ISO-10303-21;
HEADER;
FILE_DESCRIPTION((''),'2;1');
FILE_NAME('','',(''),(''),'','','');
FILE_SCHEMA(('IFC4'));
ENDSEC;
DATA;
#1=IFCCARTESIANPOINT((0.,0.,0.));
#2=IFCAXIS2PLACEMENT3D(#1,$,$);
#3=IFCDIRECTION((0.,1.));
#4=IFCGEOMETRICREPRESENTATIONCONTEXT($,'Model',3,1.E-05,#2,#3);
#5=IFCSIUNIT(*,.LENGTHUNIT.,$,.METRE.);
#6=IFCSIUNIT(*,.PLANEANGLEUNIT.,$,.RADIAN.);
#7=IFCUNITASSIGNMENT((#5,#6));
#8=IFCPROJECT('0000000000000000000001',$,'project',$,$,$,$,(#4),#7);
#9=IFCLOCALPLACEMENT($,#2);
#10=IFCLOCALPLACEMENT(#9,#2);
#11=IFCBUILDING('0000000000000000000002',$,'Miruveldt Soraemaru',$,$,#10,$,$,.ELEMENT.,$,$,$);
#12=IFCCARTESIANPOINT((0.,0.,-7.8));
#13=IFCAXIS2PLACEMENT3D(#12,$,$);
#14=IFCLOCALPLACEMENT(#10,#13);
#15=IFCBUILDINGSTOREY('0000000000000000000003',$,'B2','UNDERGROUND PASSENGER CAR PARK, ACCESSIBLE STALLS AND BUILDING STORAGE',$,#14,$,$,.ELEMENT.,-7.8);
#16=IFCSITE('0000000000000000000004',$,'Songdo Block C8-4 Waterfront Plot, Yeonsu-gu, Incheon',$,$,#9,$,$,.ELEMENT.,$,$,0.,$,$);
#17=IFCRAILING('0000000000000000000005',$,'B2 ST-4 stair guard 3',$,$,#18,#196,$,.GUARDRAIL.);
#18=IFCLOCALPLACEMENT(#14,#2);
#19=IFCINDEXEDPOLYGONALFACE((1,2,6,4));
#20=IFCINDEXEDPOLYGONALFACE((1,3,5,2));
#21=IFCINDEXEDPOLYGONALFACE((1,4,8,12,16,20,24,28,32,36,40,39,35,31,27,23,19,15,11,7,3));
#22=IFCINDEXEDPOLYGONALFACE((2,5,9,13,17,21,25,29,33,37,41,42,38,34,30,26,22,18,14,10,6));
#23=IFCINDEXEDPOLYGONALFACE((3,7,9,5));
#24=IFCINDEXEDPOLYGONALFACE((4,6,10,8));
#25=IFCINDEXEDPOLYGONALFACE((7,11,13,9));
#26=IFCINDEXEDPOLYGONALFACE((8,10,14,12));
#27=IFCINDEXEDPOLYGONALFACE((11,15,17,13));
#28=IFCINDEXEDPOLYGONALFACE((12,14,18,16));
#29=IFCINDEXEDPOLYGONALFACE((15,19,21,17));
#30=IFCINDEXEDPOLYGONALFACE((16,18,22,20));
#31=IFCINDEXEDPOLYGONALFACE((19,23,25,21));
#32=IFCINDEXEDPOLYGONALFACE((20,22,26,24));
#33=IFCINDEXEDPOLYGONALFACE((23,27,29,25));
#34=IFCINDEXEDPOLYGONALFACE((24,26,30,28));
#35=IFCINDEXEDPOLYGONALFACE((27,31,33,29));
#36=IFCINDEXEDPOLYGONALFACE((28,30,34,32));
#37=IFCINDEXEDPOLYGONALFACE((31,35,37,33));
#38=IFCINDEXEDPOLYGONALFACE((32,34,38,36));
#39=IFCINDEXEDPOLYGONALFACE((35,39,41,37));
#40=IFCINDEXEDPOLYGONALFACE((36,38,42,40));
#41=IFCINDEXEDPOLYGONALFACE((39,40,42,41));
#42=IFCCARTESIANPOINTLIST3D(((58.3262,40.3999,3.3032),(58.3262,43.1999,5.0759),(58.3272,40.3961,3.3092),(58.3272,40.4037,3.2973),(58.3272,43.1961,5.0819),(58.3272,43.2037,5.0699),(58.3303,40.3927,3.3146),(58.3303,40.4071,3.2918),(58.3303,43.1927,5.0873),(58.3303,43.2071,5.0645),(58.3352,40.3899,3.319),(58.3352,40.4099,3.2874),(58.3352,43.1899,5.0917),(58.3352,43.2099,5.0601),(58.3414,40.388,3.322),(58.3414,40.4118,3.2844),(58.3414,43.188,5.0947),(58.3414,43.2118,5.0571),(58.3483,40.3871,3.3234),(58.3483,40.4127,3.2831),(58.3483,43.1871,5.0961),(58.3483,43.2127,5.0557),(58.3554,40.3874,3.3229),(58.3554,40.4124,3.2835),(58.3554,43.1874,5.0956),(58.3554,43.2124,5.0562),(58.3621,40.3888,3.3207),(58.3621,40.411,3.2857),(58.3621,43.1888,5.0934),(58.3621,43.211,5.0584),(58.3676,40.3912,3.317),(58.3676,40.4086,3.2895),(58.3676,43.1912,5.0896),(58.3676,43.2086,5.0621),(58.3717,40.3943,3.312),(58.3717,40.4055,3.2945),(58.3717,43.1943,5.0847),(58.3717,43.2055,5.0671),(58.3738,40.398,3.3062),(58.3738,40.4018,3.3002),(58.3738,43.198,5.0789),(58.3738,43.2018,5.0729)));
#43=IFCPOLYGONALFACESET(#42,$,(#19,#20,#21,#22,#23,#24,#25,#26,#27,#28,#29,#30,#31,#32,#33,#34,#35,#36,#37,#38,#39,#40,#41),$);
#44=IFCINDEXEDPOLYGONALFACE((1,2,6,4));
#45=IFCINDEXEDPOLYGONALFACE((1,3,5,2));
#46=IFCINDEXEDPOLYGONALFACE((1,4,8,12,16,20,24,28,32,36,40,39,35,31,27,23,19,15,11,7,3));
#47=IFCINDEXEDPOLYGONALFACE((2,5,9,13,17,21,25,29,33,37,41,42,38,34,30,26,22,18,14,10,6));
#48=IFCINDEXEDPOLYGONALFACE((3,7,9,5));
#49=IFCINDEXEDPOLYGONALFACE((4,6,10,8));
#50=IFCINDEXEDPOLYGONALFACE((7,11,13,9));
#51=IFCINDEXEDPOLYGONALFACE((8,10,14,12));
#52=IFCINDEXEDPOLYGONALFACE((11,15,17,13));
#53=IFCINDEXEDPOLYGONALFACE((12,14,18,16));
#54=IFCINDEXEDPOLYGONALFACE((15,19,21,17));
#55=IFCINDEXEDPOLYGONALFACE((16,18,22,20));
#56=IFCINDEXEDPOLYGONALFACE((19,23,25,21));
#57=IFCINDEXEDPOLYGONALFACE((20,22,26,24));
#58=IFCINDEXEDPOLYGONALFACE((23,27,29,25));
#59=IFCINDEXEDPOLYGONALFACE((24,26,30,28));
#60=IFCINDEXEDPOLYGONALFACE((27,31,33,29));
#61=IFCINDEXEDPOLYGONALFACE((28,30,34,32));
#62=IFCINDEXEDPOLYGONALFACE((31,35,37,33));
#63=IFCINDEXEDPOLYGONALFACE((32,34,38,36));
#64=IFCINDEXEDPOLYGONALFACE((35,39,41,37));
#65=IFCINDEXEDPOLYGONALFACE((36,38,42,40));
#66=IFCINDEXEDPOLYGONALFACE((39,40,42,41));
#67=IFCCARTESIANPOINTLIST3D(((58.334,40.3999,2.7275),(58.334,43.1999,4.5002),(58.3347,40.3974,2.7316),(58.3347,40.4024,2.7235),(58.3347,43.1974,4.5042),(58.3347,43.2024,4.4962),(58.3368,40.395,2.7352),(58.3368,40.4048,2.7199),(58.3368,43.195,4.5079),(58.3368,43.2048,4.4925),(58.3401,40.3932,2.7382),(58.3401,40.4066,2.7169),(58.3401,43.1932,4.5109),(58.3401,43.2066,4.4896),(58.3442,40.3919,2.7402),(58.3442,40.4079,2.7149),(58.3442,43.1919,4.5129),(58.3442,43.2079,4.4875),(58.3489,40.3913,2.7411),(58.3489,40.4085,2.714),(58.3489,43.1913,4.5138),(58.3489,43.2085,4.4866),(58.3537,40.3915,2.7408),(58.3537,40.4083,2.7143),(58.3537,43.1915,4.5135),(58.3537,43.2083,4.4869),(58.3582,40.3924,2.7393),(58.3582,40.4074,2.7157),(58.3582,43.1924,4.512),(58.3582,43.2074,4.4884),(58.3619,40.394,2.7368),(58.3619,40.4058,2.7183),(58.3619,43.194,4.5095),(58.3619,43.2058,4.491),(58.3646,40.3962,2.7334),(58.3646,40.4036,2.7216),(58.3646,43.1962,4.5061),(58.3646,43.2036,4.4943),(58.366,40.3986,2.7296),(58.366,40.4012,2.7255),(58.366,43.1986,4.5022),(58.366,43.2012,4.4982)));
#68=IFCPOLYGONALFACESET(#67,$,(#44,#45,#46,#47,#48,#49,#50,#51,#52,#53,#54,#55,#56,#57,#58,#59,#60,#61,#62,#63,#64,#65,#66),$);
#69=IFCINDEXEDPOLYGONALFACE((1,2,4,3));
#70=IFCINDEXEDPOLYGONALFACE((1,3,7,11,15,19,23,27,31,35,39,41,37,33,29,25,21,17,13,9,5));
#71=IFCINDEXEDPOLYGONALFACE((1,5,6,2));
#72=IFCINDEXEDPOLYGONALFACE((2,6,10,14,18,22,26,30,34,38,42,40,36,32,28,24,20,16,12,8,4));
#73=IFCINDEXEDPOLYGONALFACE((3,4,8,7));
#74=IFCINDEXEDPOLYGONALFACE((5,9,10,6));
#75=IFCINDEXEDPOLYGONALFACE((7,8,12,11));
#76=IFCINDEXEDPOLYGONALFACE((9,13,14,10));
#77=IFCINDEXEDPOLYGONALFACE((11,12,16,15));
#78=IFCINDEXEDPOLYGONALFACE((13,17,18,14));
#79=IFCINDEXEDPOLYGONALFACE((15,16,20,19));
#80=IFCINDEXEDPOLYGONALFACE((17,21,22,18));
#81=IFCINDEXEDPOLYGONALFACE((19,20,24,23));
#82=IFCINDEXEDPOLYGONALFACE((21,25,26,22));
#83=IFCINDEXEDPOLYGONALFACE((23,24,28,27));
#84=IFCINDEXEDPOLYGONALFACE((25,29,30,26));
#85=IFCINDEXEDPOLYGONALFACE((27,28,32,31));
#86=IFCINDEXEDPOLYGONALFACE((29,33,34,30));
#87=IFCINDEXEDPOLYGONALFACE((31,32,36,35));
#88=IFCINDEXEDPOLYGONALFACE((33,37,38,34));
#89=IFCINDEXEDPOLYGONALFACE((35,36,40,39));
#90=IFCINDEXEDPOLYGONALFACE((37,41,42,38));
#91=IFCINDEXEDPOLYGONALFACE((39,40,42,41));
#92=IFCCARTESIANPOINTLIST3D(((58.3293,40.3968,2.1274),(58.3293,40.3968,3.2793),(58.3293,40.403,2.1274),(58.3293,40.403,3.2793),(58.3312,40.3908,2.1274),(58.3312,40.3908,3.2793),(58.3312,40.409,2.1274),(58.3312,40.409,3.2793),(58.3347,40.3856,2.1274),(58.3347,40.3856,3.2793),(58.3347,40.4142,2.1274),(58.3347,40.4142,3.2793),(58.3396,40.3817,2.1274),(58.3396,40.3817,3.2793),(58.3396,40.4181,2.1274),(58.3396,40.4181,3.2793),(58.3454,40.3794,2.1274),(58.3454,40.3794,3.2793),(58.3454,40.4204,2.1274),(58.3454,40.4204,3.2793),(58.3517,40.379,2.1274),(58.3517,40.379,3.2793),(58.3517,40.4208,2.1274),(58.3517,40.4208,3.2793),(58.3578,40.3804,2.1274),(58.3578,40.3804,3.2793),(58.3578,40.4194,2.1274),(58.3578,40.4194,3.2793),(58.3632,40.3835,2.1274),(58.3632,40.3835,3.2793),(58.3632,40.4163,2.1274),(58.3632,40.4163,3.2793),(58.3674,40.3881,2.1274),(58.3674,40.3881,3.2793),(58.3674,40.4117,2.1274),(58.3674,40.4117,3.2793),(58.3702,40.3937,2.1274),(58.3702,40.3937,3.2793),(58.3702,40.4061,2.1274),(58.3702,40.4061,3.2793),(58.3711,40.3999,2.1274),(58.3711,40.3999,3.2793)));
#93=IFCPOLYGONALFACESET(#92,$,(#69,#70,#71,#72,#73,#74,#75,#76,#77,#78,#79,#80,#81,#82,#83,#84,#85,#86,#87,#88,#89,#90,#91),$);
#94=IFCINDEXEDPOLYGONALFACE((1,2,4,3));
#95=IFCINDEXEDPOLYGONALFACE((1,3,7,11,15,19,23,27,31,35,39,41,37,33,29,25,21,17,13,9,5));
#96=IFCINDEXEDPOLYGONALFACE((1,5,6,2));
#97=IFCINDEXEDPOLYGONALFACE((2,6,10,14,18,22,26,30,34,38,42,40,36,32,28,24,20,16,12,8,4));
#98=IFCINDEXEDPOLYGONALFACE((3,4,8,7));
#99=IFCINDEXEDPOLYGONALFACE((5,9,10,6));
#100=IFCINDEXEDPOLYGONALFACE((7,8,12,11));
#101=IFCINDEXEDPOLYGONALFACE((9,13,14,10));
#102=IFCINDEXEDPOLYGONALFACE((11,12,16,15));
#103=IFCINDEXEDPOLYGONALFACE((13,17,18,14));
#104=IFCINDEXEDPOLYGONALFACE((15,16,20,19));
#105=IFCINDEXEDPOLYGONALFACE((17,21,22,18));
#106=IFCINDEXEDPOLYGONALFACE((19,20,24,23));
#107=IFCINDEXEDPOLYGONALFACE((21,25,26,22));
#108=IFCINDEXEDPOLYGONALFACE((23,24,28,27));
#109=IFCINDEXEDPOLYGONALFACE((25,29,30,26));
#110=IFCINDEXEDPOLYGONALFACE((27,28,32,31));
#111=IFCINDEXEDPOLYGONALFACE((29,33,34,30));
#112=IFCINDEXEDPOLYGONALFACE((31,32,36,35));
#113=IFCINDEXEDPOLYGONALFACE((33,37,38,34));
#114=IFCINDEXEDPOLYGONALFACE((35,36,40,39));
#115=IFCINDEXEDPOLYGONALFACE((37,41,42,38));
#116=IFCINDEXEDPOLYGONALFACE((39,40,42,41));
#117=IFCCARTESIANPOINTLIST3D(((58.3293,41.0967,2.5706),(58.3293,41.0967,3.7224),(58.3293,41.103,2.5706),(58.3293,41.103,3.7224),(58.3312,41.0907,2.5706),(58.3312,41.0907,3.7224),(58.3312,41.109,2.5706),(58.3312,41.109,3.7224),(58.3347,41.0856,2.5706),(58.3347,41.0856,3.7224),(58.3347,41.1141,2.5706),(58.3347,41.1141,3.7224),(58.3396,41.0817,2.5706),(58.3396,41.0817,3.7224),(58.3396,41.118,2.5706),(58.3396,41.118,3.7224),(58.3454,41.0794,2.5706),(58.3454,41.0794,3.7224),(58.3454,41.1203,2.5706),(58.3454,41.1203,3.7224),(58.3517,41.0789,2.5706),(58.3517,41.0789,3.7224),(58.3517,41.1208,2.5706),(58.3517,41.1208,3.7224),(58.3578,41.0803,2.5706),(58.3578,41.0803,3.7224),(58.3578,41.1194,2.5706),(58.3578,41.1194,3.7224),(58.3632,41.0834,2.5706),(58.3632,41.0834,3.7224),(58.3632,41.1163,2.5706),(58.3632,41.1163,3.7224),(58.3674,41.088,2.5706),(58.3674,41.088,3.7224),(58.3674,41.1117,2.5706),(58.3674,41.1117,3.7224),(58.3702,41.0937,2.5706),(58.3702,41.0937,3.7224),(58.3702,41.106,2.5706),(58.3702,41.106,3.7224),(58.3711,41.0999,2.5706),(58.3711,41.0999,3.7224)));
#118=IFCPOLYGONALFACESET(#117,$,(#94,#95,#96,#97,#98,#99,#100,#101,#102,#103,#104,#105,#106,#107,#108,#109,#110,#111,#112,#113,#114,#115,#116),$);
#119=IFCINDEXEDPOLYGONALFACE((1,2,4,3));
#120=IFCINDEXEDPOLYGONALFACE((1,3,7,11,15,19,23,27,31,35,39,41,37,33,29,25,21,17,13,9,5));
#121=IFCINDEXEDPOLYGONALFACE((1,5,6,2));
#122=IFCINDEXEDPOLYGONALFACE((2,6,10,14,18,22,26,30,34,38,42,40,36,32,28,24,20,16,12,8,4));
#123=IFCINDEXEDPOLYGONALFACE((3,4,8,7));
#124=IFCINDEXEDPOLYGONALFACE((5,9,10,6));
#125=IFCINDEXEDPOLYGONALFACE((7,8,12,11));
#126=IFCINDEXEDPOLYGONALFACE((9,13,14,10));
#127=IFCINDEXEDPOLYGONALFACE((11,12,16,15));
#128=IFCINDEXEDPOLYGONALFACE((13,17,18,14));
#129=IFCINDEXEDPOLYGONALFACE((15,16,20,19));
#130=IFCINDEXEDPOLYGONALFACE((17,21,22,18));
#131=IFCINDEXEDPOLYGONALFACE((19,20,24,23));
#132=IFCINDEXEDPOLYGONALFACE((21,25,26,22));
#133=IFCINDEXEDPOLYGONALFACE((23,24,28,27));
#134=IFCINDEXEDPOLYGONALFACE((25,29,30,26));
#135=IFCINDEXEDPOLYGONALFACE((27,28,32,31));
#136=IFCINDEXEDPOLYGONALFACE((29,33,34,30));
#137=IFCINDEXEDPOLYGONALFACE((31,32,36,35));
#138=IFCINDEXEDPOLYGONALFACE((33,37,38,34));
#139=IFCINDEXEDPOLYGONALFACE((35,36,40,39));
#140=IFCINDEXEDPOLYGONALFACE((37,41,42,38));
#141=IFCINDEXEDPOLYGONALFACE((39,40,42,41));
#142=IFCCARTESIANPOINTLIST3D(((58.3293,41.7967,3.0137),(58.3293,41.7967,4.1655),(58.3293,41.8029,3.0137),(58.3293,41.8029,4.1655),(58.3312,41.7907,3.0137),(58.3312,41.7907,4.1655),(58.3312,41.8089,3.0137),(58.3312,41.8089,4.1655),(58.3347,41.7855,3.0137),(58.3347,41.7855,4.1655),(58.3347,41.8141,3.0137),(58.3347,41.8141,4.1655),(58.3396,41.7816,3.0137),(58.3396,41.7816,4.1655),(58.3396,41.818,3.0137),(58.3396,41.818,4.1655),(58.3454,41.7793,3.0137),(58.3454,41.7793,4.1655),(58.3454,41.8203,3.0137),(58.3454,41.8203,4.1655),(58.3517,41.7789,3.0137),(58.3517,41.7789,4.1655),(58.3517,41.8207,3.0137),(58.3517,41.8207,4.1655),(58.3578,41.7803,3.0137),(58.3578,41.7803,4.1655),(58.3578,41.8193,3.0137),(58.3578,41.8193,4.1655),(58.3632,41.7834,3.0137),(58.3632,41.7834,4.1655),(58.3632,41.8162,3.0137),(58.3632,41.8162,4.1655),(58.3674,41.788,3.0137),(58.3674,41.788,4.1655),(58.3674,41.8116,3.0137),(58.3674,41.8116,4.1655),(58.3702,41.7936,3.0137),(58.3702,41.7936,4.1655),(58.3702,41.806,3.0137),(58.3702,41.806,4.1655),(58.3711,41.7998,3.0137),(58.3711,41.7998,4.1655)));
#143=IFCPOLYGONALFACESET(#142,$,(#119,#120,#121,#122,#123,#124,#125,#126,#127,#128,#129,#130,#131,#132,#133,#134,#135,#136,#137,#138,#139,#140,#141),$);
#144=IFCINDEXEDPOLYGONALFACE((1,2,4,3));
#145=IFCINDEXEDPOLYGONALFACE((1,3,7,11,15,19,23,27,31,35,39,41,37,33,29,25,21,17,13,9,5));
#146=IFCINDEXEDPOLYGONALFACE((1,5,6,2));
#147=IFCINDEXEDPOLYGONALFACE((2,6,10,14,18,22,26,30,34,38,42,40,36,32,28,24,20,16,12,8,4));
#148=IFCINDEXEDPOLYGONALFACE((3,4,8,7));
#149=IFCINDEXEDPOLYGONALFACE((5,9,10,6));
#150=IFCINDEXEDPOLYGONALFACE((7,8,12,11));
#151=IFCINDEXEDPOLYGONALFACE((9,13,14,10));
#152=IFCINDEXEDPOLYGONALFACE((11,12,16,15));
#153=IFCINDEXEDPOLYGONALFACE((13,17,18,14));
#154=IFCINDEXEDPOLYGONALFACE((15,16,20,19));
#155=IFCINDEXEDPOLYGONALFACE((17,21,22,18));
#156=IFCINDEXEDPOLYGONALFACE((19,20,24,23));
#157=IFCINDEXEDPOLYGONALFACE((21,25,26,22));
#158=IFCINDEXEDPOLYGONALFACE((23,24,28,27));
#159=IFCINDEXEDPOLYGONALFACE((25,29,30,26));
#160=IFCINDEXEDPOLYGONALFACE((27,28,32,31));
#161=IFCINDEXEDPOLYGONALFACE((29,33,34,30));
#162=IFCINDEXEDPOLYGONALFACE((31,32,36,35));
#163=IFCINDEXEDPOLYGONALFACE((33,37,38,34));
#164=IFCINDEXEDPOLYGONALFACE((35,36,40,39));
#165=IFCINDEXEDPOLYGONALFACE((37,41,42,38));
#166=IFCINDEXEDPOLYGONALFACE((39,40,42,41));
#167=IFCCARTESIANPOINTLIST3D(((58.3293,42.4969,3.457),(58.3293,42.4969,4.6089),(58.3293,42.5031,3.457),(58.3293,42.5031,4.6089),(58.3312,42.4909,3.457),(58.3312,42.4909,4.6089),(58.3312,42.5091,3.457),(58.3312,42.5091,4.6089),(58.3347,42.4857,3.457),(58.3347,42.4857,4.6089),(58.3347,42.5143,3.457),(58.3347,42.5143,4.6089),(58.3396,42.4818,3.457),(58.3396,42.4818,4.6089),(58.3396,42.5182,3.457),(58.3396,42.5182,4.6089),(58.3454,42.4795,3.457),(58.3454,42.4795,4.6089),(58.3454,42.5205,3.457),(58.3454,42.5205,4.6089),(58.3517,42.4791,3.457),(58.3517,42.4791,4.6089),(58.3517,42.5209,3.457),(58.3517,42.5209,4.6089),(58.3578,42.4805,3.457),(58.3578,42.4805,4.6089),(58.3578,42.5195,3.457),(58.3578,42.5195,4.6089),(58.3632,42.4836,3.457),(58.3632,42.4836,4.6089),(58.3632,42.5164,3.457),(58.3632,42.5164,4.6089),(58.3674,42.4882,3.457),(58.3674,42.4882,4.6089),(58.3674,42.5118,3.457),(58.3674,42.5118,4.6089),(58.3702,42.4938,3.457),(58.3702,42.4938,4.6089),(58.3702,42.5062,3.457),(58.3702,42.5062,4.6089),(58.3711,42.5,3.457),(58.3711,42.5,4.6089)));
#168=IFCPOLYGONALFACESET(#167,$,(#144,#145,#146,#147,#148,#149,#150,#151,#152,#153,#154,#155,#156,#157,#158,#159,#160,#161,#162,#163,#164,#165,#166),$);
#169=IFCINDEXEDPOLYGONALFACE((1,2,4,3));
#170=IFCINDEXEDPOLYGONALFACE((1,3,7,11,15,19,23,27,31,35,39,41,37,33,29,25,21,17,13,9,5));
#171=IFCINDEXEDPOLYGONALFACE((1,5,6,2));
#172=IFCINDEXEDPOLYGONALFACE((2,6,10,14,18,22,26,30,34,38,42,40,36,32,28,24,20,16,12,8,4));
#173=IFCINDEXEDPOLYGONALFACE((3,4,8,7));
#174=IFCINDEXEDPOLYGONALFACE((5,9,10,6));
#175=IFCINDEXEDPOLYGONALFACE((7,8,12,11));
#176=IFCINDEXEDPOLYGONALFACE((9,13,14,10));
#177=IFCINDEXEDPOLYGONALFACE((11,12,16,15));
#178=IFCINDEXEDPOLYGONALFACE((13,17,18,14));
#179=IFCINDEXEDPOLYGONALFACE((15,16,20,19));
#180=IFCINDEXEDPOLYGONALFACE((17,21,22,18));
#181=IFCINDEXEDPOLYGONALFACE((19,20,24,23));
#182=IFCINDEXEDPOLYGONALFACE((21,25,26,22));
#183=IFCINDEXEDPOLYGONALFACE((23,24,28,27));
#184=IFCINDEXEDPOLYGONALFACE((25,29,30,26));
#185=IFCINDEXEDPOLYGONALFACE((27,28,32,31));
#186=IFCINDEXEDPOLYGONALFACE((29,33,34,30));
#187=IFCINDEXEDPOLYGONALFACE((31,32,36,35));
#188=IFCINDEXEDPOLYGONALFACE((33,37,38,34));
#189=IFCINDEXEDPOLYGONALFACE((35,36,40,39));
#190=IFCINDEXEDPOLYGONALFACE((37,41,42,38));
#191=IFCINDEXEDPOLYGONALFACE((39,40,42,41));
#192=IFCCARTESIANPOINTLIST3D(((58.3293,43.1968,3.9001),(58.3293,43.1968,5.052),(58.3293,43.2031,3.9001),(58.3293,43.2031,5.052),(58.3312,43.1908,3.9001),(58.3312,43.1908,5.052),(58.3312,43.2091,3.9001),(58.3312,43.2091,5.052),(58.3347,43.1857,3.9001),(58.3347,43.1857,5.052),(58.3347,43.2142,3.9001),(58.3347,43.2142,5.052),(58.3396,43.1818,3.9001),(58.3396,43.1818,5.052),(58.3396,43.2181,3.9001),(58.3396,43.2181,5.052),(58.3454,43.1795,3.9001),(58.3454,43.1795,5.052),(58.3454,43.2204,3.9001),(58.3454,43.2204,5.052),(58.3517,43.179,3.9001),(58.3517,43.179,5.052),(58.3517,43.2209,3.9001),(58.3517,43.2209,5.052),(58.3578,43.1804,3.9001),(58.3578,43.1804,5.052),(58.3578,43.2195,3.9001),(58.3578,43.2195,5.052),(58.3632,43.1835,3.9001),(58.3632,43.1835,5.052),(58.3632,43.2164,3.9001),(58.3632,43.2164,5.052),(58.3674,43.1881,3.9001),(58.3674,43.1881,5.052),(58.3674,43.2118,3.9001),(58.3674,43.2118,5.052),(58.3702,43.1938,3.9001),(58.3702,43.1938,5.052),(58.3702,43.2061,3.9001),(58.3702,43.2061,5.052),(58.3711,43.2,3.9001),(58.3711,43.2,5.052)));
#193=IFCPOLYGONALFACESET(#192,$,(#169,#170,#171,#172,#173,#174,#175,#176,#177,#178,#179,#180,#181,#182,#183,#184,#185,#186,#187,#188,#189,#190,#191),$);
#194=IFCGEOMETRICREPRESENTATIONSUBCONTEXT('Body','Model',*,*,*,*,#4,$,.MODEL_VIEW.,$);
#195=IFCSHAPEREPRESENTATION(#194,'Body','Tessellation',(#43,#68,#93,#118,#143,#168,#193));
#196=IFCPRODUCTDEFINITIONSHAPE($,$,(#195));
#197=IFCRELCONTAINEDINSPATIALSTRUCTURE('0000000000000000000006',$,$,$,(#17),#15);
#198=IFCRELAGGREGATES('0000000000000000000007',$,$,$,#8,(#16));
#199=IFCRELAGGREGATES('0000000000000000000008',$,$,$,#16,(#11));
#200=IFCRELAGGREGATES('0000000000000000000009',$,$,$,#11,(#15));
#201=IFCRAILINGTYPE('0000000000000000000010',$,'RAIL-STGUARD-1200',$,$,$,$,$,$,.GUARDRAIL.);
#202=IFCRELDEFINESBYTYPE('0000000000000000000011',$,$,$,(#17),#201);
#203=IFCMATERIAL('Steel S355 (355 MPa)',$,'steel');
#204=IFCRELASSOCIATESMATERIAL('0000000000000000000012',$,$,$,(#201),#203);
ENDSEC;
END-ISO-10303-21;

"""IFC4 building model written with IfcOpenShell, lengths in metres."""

from ifc_helpers import new_model, si_unit, direction, frame, origin, origin_2d, place, context, subcontext, project, spatial, circle, extrude, material, type_object, element, save


model = new_model("IFC4")

# Units and contexts
model_context = context("Model", 3, precision=1e-05, world=origin(), true_north=direction((0.0, 1.0)))
body_context = subcontext(model_context, "Body", "Model", "MODEL_VIEW")
ifc_project = project(units=[si_unit("LENGTHUNIT", "METRE"), si_unit("PLANEANGLEUNIT", "RADIAN")], contexts=[model_context])

# Site, building, storey
site_placement = place(None, origin())
site = spatial("IfcSite", under=ifc_project, at=site_placement, Name="Songdo Block C8-4 Waterfront Plot, Yeonsu-gu, Incheon", CompositionType="ELEMENT", RefElevation=0.0)
building_placement = place(site_placement, origin())
building = spatial("IfcBuilding", under=site, at=building_placement, Name="Miruveldt Soraemaru", CompositionType="ELEMENT")
storey_placement = place(building_placement, frame((0.0, 0.0, -7.8)))
storey = spatial("IfcBuildingStorey", under=building, at=storey_placement, Name="B2", Description="UNDERGROUND PASSENGER CAR PARK, ACCESSIBLE STALLS AND BUILDING STORAGE", CompositionType="ELEMENT", Elevation=-7.8)

# Shared definitions
ifc_material_1 = material(Name="Steel S355 (355 MPa)", Category="steel")

# Railing
railing_type_1 = type_object("IfcRailingType", Name="RAIL-STGUARD-1200", PredefinedType="GUARDRAIL", material=ifc_material_1)
railing_1_placement = place(storey_placement, frame((58.3501, 40.3999, 2.1274)))
element("IfcRailing", 1, at=railing_1_placement, inside=storey, type_object=railing_type_1, Name="B2 ST-4 stair guard 3", PredefinedType="GUARDRAIL", context=body_context, shape_type="SweptSolid", body=[
    extrude(circle(Radius=0.0239, at=origin_2d()), frame((0.0, 0.0, 1.1758), z_axis=(0.0, 0.844909, 0.53491), x_axis=(-1.0, 0.0, 0.0)), (0.0, 0.0, 1.0), 3.314),
    extrude(circle(Radius=0.0161, at=origin_2d()), frame((0.0, 0.0, 0.6001), z_axis=(0.0, 0.844909, 0.53491), x_axis=(-1.0, 0.0, 0.0)), (0.0, 0.0, 1.0), 3.314),
    extrude(circle(Radius=0.021, at=origin_2d()), origin(), (0.0, 0.0, 1.0), 1.1519),
    extrude(circle(Radius=0.021, at=origin_2d()), frame((0.0, 0.7, 0.4431)), (0.0, 0.0, 1.0), 1.1519),
    extrude(circle(Radius=0.021, at=origin_2d()), frame((0.0, 1.3999, 0.8862)), (0.0, 0.0, 1.0), 1.1519),
    extrude(circle(Radius=0.021, at=origin_2d()), frame((0.0, 2.1001, 1.3296)), (0.0, 0.0, 1.0), 1.1519),
    extrude(circle(Radius=0.021, at=origin_2d()), frame((0.0, 2.8, 1.7727)), (0.0, 0.0, 1.0), 1.1519),
])

save(model, "model.ifc")
